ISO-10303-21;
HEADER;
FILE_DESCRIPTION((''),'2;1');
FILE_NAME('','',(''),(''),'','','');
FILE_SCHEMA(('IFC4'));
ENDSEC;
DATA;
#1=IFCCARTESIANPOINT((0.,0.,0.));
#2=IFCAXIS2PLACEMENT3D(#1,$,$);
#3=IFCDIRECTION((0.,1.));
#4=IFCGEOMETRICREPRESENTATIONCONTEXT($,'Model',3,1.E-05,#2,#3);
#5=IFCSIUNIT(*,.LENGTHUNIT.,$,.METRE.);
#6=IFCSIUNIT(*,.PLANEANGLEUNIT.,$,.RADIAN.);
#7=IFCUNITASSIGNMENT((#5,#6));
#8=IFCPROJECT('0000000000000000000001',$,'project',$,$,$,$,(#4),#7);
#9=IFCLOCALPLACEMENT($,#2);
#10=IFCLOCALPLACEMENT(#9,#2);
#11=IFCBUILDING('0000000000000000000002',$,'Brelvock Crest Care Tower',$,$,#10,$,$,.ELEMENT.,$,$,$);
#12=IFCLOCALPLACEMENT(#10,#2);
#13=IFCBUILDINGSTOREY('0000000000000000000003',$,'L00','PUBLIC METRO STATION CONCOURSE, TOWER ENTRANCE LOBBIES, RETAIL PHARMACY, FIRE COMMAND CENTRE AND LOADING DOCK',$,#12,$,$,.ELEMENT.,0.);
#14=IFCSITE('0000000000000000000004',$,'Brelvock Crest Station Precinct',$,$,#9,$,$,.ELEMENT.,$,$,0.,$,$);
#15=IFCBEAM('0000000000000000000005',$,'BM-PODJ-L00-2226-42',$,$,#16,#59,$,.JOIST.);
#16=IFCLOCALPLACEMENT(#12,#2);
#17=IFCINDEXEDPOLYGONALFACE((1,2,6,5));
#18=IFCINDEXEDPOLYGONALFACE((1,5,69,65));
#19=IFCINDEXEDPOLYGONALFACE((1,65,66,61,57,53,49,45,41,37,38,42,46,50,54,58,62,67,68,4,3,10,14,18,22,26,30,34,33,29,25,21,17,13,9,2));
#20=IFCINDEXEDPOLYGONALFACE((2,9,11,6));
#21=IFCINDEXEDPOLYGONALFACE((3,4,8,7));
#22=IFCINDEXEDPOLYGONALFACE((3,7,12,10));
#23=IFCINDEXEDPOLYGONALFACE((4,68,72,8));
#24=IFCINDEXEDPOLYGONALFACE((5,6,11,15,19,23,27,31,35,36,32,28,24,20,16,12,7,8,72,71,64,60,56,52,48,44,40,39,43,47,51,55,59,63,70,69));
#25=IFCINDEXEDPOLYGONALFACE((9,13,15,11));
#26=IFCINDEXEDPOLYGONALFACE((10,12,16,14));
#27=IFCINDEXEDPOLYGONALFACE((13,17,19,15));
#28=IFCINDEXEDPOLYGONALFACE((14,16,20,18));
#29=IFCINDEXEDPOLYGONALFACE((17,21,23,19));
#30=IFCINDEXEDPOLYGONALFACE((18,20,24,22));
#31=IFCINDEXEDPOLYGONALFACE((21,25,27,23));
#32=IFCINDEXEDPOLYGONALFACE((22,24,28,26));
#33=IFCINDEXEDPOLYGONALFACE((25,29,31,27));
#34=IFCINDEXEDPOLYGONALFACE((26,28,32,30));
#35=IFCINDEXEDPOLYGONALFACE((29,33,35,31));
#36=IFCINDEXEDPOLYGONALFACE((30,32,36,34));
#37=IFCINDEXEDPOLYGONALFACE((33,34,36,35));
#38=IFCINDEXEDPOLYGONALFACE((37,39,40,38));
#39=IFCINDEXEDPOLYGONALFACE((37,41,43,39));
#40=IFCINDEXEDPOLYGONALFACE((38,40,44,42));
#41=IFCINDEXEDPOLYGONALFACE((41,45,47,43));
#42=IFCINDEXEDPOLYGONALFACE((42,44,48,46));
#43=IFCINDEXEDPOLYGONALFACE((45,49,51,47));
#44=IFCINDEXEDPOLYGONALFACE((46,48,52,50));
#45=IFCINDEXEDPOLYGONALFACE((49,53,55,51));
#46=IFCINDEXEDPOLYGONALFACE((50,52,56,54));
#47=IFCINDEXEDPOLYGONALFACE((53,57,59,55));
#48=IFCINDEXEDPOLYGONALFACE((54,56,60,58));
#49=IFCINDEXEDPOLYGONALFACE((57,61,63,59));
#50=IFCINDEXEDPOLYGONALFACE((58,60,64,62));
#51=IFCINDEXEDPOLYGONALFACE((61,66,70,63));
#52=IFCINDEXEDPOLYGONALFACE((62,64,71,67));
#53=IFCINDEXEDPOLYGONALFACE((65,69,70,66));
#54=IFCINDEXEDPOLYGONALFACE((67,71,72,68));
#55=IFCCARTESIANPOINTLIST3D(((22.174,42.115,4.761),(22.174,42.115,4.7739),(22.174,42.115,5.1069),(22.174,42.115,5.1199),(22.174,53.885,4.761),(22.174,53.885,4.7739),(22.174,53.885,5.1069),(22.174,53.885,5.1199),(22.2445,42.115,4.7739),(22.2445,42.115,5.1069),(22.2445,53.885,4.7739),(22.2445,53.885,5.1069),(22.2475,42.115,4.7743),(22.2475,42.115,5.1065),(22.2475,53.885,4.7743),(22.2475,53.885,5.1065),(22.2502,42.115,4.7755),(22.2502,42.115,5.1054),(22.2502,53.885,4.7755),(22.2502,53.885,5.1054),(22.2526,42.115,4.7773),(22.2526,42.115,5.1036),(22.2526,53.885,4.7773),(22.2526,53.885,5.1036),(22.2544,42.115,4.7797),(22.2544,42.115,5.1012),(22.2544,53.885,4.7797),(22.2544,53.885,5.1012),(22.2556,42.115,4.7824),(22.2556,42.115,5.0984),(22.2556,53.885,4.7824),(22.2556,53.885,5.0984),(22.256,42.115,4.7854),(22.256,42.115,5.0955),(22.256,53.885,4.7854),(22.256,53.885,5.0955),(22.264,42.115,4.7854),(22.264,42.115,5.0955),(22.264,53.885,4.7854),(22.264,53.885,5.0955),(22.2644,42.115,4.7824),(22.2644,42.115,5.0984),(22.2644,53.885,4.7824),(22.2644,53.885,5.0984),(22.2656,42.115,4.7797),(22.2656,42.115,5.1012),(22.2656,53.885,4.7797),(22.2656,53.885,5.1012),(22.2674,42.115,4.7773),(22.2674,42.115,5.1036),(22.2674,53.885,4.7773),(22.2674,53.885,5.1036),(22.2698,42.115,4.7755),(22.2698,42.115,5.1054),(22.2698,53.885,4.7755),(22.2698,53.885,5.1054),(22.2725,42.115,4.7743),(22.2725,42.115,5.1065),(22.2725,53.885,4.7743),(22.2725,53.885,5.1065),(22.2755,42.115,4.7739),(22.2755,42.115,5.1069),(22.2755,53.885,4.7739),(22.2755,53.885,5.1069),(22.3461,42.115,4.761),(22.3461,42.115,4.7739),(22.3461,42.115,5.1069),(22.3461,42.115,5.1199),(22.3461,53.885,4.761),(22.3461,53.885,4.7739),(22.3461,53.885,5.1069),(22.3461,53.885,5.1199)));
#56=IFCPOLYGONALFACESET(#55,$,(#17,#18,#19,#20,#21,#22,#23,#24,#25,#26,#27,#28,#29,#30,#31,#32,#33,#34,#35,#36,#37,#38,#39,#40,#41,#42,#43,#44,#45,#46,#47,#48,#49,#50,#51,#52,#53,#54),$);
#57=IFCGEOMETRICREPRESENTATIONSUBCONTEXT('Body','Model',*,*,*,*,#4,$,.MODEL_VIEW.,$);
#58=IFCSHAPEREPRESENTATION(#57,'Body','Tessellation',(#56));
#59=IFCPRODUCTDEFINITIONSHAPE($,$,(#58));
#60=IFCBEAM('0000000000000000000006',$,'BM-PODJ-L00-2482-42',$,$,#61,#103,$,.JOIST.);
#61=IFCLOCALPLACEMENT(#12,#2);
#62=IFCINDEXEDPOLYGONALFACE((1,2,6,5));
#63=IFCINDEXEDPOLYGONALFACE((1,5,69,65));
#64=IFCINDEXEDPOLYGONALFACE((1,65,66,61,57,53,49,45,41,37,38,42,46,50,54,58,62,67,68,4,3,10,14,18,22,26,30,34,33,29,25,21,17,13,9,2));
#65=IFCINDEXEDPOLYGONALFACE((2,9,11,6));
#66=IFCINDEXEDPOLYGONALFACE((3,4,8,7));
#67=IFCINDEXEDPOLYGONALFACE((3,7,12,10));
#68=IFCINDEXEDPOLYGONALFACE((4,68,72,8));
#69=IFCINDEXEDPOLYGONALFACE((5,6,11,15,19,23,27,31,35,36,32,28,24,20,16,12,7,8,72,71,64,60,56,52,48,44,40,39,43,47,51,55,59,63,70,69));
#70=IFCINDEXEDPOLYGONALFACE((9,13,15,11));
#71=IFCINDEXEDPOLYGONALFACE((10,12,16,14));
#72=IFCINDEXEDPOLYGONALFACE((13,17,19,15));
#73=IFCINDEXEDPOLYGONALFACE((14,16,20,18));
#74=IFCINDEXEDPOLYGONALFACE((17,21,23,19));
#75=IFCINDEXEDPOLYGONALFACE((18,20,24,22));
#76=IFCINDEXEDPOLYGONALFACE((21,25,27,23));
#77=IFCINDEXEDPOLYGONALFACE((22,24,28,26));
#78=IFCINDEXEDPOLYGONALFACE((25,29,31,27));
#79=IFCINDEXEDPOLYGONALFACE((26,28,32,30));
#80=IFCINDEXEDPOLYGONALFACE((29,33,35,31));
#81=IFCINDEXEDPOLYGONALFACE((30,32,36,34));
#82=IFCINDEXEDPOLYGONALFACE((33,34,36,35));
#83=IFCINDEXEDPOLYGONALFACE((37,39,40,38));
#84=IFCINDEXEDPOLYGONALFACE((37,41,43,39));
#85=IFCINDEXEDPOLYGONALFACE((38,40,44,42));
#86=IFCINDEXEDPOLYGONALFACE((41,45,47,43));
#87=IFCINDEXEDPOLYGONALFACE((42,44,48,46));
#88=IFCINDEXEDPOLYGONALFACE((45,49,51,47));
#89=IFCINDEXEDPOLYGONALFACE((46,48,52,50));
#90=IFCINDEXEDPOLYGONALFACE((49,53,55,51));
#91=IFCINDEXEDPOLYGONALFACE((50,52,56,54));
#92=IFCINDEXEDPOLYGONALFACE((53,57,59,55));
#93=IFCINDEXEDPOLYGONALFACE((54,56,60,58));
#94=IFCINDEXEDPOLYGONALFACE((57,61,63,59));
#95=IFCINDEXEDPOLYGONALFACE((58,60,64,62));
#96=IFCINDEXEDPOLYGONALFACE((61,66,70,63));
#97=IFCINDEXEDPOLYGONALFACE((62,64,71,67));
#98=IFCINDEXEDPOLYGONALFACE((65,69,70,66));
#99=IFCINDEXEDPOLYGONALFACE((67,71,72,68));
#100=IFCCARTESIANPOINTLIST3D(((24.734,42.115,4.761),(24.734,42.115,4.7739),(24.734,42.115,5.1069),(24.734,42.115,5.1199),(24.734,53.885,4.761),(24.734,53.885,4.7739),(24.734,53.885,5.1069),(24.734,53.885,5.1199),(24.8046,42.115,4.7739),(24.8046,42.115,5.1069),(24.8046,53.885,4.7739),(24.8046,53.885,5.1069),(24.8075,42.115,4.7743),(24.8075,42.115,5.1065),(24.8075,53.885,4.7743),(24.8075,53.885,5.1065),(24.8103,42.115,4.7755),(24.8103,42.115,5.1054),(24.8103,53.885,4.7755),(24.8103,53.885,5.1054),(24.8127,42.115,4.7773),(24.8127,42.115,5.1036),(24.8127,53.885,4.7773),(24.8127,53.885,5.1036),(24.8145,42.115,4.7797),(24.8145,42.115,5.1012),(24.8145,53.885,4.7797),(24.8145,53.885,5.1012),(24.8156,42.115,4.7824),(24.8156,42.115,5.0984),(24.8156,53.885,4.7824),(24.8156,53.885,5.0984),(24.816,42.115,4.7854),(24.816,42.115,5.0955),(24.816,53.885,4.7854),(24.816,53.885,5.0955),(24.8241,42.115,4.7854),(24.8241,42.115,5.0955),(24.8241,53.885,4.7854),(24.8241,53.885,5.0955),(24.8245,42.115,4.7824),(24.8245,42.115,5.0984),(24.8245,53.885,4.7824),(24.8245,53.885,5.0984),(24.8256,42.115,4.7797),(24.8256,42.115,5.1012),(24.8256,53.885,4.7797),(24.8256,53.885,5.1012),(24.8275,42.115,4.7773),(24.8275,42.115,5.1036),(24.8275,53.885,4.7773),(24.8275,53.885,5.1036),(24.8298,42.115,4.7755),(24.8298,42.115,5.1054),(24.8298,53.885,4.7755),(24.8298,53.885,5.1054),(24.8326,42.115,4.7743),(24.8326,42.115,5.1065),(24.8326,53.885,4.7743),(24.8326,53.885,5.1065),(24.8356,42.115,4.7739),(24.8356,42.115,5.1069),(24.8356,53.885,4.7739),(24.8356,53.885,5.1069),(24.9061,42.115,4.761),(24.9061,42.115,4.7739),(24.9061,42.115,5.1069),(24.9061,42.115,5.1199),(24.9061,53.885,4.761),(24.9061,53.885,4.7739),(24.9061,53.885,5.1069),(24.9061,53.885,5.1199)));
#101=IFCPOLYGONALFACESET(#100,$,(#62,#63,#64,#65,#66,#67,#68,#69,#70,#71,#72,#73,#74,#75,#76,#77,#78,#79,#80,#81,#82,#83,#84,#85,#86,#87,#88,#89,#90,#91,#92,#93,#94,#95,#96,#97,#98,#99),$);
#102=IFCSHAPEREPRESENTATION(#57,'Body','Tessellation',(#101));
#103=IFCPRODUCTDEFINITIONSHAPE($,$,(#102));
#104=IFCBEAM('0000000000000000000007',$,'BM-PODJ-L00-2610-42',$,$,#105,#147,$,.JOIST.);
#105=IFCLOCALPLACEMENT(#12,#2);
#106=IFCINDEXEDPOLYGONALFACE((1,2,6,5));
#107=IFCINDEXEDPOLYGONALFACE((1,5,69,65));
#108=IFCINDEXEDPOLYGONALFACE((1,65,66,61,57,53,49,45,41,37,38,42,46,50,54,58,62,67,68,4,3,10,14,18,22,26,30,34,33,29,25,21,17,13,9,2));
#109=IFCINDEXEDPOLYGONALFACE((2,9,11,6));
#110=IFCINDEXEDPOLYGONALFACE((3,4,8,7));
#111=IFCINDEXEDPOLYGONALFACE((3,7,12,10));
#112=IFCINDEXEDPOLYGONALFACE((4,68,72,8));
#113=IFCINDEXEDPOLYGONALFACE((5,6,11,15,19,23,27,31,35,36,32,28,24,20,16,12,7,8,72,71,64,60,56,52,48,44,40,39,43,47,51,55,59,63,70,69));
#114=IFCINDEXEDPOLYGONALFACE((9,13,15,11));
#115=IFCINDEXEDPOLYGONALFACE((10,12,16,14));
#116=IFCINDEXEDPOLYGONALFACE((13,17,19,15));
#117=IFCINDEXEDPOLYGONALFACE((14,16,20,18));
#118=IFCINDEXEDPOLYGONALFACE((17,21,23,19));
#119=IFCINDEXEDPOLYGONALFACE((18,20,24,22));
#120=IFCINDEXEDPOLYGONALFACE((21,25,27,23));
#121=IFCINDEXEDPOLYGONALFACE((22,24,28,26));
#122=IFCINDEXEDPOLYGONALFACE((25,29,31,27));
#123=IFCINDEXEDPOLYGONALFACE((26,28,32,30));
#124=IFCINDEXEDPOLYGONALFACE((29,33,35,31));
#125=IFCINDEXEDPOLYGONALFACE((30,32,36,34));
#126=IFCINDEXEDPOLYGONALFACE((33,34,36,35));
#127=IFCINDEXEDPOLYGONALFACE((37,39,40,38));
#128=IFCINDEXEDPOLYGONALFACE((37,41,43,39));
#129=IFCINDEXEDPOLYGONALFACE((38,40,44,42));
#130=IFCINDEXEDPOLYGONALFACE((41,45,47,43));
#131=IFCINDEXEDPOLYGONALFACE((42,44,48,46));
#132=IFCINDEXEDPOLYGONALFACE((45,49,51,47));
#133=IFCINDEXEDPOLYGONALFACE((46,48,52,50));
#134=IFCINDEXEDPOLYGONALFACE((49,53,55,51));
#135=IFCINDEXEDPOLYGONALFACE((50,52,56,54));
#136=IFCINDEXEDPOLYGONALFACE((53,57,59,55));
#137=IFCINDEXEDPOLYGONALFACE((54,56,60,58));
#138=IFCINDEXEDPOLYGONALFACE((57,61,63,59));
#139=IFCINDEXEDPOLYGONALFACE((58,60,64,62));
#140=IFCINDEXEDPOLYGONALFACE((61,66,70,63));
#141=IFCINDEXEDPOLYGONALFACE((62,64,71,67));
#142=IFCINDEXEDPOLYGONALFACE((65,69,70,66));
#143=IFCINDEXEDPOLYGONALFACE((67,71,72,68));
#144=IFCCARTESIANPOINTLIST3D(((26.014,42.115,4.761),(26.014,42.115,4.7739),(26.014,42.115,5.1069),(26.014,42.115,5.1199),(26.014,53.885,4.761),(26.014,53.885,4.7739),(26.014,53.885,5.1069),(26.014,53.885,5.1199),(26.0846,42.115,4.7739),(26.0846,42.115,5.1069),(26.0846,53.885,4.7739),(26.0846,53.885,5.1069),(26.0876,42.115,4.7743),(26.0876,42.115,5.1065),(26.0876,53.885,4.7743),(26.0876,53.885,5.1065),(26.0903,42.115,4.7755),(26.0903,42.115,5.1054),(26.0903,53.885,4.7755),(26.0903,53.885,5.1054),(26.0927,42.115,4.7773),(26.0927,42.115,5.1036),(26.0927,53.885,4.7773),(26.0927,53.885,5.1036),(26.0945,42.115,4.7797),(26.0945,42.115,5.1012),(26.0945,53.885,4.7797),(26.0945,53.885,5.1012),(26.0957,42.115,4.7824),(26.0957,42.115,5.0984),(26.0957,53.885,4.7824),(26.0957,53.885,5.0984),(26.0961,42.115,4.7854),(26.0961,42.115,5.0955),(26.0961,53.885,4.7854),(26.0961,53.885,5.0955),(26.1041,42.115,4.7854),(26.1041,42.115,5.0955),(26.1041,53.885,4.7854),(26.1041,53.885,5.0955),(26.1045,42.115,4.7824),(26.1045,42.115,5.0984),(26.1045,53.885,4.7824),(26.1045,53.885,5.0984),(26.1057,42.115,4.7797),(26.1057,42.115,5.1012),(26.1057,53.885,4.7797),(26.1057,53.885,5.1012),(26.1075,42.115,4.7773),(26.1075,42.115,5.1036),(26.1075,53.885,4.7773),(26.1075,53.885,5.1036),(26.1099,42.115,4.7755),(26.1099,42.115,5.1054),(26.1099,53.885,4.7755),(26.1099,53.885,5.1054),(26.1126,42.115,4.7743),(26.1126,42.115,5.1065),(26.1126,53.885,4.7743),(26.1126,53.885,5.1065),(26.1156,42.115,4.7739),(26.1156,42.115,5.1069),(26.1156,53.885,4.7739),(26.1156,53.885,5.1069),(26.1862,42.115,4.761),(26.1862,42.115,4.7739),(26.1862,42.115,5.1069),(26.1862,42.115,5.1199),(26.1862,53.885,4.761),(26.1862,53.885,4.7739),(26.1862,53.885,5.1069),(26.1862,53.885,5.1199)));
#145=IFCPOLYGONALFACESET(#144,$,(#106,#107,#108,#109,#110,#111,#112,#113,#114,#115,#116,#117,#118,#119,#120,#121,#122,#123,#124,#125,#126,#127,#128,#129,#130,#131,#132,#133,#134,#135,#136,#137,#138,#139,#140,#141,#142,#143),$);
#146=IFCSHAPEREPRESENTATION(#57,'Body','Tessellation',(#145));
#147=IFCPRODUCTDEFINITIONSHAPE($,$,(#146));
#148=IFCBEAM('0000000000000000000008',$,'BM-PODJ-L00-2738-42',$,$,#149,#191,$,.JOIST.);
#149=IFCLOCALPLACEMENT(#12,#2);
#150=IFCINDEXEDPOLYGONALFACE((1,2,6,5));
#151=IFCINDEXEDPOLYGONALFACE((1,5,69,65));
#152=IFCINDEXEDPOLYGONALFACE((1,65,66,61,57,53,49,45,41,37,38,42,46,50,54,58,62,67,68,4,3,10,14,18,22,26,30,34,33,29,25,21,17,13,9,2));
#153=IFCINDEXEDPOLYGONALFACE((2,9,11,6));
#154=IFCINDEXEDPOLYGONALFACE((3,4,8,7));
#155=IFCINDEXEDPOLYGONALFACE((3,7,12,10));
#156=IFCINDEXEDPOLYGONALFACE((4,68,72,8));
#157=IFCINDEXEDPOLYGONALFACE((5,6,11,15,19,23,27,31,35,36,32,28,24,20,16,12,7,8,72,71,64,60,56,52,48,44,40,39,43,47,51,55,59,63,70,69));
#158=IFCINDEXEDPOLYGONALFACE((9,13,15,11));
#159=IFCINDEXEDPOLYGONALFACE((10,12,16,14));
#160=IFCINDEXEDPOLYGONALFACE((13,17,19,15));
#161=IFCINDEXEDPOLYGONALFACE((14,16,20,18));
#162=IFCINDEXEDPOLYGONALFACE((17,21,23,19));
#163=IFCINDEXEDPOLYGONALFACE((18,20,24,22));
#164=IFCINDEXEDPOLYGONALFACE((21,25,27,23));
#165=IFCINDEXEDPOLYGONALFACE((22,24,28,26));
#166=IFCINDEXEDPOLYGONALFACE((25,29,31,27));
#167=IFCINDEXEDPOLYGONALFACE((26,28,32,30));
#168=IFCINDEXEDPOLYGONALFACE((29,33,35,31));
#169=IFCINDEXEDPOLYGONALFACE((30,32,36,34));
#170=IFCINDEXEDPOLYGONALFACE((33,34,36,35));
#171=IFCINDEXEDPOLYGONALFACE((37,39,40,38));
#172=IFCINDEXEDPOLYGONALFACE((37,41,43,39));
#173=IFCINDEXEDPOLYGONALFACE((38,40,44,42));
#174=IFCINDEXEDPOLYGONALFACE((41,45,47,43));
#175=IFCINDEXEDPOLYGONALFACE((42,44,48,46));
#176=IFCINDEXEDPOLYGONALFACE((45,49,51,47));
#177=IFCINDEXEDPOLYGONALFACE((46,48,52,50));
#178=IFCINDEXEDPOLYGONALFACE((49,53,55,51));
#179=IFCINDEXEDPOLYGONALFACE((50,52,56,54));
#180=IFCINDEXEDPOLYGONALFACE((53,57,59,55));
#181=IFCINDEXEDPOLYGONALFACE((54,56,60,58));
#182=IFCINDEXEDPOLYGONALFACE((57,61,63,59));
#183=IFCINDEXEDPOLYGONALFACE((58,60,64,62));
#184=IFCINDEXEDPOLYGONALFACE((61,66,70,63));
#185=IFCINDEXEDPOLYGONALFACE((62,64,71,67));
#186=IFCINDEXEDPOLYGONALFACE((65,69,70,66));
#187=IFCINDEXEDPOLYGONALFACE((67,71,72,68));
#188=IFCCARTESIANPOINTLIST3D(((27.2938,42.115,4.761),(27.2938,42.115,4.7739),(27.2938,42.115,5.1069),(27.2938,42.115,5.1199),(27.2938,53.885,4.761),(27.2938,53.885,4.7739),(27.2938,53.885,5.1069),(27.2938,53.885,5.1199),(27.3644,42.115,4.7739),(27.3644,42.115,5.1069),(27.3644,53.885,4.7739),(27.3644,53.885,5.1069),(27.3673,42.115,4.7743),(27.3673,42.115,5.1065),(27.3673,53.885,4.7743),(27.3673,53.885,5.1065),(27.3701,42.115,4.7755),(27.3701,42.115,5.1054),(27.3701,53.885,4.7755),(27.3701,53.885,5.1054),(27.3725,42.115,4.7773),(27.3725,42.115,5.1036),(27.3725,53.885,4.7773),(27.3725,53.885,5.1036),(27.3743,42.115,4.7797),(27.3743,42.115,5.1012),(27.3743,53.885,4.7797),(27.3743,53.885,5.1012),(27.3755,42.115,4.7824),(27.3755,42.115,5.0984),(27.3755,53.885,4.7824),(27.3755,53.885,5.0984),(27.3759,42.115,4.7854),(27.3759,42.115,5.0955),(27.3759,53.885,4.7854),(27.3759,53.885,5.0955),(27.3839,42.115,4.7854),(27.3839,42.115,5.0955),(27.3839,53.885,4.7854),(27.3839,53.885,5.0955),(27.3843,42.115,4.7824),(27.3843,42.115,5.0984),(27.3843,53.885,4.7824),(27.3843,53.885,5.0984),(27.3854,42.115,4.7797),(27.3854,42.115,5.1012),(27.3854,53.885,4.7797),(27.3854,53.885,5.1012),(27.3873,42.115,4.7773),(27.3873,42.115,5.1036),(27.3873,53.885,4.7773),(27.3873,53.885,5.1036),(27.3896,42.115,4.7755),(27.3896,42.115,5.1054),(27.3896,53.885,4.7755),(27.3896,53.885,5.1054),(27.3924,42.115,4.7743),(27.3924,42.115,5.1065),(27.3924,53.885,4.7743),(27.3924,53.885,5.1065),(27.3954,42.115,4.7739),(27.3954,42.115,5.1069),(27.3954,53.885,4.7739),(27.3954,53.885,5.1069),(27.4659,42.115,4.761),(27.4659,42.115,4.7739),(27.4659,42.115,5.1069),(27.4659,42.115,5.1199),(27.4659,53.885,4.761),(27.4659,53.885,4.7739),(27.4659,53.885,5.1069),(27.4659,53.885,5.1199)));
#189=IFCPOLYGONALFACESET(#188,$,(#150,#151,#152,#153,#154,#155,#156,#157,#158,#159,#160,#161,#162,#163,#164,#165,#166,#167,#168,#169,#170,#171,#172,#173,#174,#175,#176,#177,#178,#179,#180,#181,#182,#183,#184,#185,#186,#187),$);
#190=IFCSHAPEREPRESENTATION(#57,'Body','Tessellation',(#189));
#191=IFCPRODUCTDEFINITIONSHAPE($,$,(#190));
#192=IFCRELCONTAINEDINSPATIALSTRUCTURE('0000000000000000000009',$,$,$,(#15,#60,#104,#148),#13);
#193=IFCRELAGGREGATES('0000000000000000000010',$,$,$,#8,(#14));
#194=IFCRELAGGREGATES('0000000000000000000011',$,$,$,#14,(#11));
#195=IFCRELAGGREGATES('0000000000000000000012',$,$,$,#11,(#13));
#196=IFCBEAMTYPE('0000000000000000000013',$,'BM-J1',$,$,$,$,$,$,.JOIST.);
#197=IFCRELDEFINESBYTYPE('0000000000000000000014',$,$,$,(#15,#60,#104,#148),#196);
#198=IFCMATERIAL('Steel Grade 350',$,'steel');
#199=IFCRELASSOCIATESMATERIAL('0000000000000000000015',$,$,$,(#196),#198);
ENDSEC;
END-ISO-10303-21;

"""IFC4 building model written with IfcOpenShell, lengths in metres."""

from ifc_helpers import new_model, si_unit, direction, frame, origin, origin_2d, place, context, subcontext, project, spatial, i_section, extrude, source, transform, mapped, material, material_profile, profile_set, type_object, element, save


model = new_model("IFC4")

# Units and contexts
model_context = context("Model", 3, precision=1e-05, world=origin(), true_north=direction((0.0, 1.0)))
body_context = subcontext(model_context, "Body", "Model", "MODEL_VIEW")
ifc_project = project(units=[si_unit("LENGTHUNIT", "METRE"), si_unit("PLANEANGLEUNIT", "RADIAN")], contexts=[model_context])

# Site, building, storey
site_placement = place(None, origin())
site = spatial("IfcSite", under=ifc_project, at=site_placement, Name="Brelvock Crest Station Precinct", CompositionType="ELEMENT", RefElevation=0.0)
building_placement = place(site_placement, origin())
building = spatial("IfcBuilding", under=site, at=building_placement, Name="Brelvock Crest Care Tower", CompositionType="ELEMENT")
storey_placement = place(building_placement, origin())
storey = spatial("IfcBuildingStorey", under=building, at=storey_placement, Name="L00", Description="PUBLIC METRO STATION CONCOURSE, TOWER ENTRANCE LOBBIES, RETAIL PHARMACY, FIRE COMMAND CENTRE AND LOADING DOCK", CompositionType="ELEMENT", Elevation=0.0)

# Shared definitions
ifc_material_1 = material(Name="Steel Grade 350", Category="steel")

# Beams
ifc_material_profile_1 = material_profile(ifc_material_1, i_section(OverallWidth=0.1721, OverallDepth=0.3589, WebThickness=0.0081, FlangeThickness=0.0129, FilletRadius=0.0115, at=origin_2d()), Name="360UB56.7")
ifc_profile_set_1 = profile_set([ifc_material_profile_1], Name="Steel Grade 350")
beam_type_1 = type_object("IfcBeamType", Name="BM-J1", PredefinedType="JOIST", material=ifc_profile_set_1)
shared_shape_1 = source(origin(), body_context, "Body", "SweptSolid", [
    extrude(i_section(OverallWidth=0.1721, OverallDepth=0.3589, WebThickness=0.0081, FlangeThickness=0.0129, FilletRadius=0.0115, at=origin_2d()), origin(), (0.0, 0.0, 1.0), 11.77),
])
for number, where, z_axis, x_axis, name in (
    (1, (22.26, 42.115, 4.9404), (0.0, 1.0, 0.0), (-1.0, 0.0, 0.0), "BM-PODJ-L00-2226-42"),
    (2, (24.8201, 42.115, 4.9404), (0.0, 1.0, 0.0), (-1.0, 0.0, 0.0), "BM-PODJ-L00-2482-42"),
    (3, (26.1001, 42.115, 4.9404), (0.0, 1.0, 0.0), (-1.0, 0.0, 0.0), "BM-PODJ-L00-2610-42"),
    (4, (27.3799, 42.115, 4.9404), (0.0, 1.0, 0.0), (-1.0, 0.0, 0.0), "BM-PODJ-L00-2738-42"),
):
    element("IfcBeam", number, at=place(storey_placement, frame(where, z_axis=z_axis, x_axis=x_axis)), inside=storey, type_object=beam_type_1, Name=name, PredefinedType="JOIST", context=body_context, shape_type="MappedRepresentation", body=[
        mapped(shared_shape_1, transform((0.0, 0.0, 0.0), x_axis=(1.0, 0.0, 0.0), y_axis=(0.0, 1.0, 0.0), z_axis=(0.0, 0.0, 1.0), scale=1.0)),
    ])

save(model, "model.ifc")
